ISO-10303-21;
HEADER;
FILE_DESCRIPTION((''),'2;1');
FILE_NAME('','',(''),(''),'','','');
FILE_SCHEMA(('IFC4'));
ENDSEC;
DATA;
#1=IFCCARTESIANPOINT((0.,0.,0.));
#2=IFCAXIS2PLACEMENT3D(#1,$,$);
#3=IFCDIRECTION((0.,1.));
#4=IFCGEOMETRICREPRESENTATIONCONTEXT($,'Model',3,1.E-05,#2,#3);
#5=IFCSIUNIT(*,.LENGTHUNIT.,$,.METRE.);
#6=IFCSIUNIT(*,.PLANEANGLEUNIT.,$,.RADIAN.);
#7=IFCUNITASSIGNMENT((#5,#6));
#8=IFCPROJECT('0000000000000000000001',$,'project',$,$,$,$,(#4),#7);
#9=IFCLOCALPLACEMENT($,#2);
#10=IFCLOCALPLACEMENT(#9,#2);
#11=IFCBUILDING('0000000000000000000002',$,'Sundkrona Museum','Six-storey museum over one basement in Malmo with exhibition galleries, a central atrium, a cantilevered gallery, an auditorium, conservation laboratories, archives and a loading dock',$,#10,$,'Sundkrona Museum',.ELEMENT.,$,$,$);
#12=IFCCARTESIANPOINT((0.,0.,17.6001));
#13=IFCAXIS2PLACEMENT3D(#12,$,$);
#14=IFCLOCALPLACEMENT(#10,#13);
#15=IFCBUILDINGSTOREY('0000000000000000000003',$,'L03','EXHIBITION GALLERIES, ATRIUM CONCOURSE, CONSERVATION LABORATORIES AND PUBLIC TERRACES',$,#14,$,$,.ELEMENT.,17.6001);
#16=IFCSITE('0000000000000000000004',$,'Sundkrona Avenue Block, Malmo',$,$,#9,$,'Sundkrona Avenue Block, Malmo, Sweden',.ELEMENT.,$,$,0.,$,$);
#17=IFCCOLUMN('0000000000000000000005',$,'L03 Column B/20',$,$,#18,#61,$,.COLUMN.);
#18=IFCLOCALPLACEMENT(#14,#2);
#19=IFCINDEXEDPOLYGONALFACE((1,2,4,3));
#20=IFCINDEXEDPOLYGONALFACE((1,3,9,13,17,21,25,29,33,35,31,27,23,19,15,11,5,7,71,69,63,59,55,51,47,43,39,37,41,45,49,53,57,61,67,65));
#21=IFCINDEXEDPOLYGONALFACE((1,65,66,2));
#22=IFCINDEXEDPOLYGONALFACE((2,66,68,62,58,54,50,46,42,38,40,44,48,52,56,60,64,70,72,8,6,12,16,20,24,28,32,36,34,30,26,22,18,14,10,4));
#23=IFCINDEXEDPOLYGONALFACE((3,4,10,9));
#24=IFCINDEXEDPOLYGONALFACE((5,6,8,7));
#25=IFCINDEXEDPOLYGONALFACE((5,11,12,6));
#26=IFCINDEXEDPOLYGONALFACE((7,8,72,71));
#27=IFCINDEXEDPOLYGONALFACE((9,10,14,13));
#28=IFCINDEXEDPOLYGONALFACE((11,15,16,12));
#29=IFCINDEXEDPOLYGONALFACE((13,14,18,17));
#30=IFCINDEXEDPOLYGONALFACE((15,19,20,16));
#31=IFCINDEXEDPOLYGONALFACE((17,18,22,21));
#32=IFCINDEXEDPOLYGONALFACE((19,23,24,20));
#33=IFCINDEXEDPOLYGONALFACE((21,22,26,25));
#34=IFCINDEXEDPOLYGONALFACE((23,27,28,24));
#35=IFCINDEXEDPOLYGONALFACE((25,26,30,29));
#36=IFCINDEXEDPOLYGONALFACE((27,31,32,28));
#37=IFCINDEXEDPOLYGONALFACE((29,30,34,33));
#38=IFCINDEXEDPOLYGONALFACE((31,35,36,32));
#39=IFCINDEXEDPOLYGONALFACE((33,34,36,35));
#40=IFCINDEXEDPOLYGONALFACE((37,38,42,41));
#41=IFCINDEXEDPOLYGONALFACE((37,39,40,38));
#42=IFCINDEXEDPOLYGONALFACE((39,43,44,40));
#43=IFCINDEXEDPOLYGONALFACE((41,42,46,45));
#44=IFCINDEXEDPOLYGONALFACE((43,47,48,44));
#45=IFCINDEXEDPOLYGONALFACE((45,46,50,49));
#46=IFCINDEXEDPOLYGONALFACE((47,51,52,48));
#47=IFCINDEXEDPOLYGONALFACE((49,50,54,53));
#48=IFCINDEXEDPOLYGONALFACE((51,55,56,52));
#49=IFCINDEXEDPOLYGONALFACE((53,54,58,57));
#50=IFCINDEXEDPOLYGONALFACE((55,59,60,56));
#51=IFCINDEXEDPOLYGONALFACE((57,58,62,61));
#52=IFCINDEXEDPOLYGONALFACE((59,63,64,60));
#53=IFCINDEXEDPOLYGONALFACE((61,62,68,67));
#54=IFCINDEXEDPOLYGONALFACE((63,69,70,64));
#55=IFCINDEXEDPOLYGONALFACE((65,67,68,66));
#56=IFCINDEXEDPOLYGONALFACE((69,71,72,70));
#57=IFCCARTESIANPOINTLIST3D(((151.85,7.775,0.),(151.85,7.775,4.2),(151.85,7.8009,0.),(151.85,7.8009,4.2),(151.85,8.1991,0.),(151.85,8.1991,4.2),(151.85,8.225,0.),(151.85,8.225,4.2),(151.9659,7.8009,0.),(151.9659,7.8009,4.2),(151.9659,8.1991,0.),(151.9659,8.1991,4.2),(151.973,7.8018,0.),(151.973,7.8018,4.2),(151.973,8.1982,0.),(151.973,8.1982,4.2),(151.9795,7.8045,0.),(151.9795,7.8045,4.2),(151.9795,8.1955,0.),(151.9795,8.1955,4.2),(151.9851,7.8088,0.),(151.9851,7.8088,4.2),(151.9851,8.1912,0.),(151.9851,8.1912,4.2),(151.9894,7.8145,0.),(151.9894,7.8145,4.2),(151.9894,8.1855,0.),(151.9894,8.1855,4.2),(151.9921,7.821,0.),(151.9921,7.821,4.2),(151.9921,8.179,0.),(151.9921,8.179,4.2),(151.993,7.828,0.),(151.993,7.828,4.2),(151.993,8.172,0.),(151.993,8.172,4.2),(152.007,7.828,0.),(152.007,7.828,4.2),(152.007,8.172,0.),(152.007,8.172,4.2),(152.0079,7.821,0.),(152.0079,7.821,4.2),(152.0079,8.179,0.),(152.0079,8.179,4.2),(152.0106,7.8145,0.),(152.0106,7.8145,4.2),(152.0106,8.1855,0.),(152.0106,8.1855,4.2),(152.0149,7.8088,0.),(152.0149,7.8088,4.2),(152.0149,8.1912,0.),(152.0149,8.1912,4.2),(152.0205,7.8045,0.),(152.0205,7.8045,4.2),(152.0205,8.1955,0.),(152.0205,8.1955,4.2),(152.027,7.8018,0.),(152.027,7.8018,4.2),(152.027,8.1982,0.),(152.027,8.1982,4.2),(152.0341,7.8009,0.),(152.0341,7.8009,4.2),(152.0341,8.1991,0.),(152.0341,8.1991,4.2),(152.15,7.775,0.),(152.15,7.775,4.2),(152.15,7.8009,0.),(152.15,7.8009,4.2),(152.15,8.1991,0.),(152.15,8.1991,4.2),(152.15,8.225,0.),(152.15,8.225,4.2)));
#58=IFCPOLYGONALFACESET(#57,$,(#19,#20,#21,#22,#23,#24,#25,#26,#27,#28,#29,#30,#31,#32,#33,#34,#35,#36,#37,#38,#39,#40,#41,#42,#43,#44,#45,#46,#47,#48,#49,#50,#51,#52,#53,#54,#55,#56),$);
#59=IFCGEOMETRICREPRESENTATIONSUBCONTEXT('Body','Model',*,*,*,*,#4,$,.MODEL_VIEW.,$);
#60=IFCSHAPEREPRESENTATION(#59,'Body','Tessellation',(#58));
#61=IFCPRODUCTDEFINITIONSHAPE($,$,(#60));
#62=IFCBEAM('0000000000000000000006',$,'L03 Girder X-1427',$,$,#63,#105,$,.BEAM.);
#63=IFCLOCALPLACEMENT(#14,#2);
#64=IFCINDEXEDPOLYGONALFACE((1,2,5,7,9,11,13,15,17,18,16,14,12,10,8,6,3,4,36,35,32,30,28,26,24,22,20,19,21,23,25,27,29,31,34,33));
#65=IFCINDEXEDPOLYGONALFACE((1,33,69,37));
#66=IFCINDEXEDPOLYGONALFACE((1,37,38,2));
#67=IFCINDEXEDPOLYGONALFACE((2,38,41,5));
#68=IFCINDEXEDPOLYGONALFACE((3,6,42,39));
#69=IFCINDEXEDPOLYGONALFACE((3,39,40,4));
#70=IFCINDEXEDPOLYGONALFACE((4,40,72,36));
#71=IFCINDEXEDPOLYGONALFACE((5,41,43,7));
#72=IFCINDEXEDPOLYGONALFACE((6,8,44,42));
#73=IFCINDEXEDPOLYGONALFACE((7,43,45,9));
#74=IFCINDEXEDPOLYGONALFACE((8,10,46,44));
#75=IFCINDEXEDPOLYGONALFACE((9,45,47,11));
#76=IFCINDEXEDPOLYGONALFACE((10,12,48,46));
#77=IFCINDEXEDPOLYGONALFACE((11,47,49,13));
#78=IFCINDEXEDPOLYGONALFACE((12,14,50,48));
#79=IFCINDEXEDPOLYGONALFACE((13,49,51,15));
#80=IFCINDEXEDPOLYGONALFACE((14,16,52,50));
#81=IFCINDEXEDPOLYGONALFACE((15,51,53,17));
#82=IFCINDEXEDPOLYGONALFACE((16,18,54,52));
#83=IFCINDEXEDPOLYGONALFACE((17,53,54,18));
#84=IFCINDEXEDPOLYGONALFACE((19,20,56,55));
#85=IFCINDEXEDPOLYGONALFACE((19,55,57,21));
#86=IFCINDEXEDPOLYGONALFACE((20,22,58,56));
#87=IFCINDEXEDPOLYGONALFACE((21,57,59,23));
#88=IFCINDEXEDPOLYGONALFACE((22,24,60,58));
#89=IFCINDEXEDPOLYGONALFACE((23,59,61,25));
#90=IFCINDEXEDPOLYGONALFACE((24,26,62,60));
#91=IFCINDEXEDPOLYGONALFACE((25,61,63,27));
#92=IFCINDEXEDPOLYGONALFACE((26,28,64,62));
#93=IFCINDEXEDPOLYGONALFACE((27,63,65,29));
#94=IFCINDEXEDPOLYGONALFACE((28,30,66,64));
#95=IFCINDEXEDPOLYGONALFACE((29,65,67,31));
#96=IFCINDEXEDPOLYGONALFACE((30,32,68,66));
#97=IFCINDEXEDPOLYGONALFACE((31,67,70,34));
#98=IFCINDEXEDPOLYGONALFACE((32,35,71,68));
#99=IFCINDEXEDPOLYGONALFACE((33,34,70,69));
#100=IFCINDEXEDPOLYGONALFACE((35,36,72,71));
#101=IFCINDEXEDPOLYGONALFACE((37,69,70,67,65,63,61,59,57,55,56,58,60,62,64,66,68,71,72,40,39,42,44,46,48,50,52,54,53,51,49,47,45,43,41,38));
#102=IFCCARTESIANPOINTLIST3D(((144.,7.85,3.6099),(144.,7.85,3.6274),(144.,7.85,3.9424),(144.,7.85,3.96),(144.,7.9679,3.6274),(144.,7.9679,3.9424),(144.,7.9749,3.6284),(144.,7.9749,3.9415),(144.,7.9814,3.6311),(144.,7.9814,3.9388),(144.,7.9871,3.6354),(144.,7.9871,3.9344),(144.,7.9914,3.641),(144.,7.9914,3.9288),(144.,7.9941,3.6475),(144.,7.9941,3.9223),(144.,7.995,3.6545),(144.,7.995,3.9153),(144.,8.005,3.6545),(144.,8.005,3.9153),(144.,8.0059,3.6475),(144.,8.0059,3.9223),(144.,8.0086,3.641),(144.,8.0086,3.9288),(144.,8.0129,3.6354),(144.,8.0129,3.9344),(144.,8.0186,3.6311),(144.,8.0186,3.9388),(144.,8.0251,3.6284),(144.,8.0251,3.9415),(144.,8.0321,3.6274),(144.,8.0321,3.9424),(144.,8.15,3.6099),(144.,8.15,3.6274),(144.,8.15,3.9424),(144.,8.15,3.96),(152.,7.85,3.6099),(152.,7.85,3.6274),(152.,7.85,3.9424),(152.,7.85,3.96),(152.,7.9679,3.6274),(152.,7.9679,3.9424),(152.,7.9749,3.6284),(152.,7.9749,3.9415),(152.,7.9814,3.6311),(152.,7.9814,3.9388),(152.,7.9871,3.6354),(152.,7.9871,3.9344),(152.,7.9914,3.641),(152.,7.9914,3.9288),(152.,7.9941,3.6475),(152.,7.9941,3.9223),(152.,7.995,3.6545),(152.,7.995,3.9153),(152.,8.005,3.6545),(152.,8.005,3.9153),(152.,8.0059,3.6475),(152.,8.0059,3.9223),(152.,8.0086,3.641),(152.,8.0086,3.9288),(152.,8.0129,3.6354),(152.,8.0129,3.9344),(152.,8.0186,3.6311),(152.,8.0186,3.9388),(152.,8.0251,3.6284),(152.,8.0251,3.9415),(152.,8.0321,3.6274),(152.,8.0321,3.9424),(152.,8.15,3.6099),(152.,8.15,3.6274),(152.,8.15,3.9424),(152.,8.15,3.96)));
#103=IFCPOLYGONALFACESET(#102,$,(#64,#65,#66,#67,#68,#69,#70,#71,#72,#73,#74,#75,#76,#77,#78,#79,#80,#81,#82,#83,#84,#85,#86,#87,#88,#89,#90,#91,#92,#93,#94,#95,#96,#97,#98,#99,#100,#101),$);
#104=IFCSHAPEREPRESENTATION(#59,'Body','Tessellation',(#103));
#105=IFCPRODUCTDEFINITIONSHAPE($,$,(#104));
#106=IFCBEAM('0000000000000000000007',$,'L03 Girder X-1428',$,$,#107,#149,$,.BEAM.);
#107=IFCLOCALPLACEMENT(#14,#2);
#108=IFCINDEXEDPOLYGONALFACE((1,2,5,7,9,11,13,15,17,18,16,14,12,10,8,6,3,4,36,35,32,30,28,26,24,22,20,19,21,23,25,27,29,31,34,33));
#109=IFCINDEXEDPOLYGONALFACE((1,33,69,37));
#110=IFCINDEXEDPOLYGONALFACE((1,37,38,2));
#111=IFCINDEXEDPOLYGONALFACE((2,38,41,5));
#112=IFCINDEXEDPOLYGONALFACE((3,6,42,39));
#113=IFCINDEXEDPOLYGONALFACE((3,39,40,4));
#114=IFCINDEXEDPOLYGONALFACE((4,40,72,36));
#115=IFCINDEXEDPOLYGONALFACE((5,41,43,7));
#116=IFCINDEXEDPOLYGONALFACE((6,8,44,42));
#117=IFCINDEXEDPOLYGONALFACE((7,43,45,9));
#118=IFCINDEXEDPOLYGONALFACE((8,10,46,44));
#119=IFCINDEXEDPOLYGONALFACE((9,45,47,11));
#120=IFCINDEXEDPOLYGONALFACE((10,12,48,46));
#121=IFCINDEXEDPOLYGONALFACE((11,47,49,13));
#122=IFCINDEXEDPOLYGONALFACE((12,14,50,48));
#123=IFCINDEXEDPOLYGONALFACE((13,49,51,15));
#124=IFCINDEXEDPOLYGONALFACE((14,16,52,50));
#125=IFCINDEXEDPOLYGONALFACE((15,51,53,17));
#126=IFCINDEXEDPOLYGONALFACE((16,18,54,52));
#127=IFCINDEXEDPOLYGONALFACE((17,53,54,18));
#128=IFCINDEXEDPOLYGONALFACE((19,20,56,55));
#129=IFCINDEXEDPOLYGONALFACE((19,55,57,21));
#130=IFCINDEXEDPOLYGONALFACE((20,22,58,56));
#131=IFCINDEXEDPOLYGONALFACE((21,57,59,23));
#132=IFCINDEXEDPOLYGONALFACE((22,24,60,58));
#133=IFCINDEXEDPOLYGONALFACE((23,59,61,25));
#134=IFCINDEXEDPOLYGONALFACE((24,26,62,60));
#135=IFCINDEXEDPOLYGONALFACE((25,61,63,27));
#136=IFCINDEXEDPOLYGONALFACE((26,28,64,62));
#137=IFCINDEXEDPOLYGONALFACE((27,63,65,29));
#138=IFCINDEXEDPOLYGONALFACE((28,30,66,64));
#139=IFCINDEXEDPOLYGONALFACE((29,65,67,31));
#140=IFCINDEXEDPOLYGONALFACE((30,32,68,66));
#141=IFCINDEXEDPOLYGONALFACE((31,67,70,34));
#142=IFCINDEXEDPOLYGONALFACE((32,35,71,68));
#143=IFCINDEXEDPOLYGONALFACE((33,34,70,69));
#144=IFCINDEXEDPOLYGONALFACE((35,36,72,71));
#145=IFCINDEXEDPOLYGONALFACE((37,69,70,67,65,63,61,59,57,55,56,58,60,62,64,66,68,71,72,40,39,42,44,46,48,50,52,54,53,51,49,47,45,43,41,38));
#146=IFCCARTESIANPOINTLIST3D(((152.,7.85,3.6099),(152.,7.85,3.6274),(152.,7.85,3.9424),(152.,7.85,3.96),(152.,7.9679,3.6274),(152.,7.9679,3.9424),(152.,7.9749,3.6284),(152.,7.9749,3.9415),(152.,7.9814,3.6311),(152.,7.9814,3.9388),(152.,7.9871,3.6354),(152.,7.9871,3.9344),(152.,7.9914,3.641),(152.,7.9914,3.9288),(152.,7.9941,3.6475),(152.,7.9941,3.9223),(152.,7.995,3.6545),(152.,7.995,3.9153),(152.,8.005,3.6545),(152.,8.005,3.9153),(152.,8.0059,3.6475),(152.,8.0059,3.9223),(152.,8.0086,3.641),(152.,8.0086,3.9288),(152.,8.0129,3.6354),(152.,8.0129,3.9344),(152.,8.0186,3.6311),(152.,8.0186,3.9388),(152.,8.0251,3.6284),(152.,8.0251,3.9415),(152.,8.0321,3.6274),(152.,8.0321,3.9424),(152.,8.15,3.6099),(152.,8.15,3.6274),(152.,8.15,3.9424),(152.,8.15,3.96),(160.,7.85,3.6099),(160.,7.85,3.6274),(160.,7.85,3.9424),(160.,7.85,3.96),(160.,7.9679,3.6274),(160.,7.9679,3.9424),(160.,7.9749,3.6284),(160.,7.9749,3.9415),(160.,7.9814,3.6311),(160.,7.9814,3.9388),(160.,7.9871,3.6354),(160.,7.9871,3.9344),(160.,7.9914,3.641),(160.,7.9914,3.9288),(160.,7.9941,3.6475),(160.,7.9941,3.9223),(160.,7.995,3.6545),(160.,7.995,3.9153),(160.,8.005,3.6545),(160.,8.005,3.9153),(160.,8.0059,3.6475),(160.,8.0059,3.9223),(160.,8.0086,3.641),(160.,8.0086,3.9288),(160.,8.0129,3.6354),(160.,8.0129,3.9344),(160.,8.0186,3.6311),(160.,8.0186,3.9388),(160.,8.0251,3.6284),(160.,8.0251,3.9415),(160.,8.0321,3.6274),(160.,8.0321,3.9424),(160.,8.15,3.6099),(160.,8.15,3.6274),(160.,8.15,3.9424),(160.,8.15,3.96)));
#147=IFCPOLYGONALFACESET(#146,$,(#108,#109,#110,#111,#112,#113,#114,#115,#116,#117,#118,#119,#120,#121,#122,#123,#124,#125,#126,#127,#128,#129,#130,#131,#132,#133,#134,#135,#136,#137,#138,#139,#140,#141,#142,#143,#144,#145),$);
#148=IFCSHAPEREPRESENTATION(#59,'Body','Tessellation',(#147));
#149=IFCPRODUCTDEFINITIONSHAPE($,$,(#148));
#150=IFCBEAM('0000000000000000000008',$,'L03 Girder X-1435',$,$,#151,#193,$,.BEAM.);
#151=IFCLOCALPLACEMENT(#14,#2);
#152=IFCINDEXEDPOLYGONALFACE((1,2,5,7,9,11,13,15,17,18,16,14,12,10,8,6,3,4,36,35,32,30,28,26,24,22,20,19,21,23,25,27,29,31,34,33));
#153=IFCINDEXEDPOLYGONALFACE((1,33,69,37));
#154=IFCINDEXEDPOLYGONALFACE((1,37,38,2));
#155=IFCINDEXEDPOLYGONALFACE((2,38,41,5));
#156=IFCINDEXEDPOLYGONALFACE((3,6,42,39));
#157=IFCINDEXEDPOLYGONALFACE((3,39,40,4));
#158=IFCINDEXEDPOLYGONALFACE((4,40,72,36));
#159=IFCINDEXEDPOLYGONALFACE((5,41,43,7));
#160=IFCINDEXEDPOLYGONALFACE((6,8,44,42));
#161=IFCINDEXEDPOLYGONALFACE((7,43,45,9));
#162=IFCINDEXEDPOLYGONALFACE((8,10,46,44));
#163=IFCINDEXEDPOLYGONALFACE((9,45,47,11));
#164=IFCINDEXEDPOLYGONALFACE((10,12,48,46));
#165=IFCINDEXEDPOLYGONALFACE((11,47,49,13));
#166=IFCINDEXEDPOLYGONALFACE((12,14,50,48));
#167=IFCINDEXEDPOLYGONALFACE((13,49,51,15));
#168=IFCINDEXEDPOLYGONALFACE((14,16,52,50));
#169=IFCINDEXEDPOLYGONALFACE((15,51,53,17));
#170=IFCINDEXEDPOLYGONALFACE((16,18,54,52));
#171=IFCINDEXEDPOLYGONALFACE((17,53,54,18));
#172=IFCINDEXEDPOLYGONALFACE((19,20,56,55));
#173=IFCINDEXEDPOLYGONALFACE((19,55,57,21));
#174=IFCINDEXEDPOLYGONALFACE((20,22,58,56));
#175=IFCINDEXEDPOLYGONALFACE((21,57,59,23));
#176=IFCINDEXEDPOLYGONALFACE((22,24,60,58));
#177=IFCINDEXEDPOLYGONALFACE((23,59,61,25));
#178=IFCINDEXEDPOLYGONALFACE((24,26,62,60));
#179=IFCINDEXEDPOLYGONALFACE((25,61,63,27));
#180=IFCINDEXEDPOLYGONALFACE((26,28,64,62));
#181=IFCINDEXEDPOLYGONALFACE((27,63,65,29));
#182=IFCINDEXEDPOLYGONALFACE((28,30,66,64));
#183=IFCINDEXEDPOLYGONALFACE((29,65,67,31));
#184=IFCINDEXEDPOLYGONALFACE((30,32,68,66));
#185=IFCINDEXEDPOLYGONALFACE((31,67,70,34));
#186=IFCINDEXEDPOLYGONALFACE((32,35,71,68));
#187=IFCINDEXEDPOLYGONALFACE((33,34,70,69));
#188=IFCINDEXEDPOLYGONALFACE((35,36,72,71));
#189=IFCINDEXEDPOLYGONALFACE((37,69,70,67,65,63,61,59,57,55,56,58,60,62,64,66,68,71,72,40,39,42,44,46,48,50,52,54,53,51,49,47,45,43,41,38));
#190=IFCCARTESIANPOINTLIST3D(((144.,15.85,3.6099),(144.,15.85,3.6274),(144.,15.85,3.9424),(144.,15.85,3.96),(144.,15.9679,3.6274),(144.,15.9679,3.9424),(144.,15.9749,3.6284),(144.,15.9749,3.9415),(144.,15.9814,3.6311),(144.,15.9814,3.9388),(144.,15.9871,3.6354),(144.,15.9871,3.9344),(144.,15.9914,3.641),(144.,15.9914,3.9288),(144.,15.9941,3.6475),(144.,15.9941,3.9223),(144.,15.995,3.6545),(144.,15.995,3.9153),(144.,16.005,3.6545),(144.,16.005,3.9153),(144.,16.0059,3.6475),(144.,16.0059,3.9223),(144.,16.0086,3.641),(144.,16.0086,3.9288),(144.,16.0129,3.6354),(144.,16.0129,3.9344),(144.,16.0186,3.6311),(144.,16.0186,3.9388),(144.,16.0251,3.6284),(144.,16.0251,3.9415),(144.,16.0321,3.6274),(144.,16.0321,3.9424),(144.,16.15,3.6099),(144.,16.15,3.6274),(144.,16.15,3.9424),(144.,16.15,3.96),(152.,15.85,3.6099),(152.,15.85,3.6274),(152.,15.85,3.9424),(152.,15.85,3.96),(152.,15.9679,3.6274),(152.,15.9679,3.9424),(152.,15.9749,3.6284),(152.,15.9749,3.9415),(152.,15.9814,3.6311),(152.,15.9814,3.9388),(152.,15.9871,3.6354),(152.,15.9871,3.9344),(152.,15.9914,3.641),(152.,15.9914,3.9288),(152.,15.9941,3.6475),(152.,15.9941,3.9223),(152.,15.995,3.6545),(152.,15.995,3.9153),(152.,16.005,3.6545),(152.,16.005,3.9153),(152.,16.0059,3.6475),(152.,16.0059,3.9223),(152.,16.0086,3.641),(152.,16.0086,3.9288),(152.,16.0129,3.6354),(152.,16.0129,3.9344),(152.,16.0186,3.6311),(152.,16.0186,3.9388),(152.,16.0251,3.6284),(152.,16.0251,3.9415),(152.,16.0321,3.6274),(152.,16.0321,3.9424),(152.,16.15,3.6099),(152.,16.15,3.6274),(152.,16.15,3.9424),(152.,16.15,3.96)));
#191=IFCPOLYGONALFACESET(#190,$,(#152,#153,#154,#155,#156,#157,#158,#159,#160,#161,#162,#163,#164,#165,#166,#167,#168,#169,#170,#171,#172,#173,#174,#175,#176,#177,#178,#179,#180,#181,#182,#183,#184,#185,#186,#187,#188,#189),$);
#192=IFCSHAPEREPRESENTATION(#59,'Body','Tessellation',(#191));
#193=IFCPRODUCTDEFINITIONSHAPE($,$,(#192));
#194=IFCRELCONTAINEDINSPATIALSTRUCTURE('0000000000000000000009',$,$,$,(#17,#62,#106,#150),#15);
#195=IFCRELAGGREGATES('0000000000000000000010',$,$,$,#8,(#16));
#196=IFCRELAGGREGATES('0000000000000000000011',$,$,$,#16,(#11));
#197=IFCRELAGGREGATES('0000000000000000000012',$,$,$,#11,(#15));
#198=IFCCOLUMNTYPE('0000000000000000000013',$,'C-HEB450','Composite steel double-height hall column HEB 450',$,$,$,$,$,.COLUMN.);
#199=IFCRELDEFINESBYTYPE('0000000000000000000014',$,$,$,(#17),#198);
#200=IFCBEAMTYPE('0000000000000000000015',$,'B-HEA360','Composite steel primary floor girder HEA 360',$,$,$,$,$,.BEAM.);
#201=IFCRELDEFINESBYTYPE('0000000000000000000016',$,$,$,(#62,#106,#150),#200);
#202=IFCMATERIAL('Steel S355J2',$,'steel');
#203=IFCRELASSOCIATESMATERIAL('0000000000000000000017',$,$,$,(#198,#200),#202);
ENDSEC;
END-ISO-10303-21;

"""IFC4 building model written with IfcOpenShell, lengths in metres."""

from ifc_helpers import new_model, si_unit, direction, frame, origin, origin_2d, place, context, subcontext, project, spatial, i_section, extrude, material, material_profile, profile_set, type_object, element, save


model = new_model("IFC4")

# Units and contexts
model_context = context("Model", 3, precision=1e-05, world=origin(), true_north=direction((0.0, 1.0)))
body_context = subcontext(model_context, "Body", "Model", "MODEL_VIEW")
ifc_project = project(units=[si_unit("LENGTHUNIT", "METRE"), si_unit("PLANEANGLEUNIT", "RADIAN")], contexts=[model_context])

# Site, building, storey
site_placement = place(None, origin())
site = spatial("IfcSite", under=ifc_project, at=site_placement, Name="Sundkrona Avenue Block, Malmo", LongName="Sundkrona Avenue Block, Malmo, Sweden", CompositionType="ELEMENT", RefElevation=0.0)
building_placement = place(site_placement, origin())
building = spatial("IfcBuilding", under=site, at=building_placement, Name="Sundkrona Museum", Description="Six-storey museum over one basement in Malmo with exhibition galleries, a central atrium, a cantilevered gallery, an auditorium, conservation laboratories, archives and a loading dock", LongName="Sundkrona Museum", CompositionType="ELEMENT")
storey_placement = place(building_placement, frame((0.0, 0.0, 17.6001)))
storey = spatial("IfcBuildingStorey", under=building, at=storey_placement, Name="L03", Description="EXHIBITION GALLERIES, ATRIUM CONCOURSE, CONSERVATION LABORATORIES AND PUBLIC TERRACES", CompositionType="ELEMENT", Elevation=17.6001)

# Column
ifc_material_1 = material(Name="Steel S355J2", Category="steel")
ifc_material_profile_1 = material_profile(ifc_material_1, i_section(OverallWidth=0.3, OverallDepth=0.45, WebThickness=0.0139, FlangeThickness=0.0259, FilletRadius=0.0271, at=origin_2d()), Name="HEB 450")
ifc_profile_set_1 = profile_set([ifc_material_profile_1], Name="Steel S355J2")
column_type = type_object("IfcColumnType", Name="C-HEB450", Description="Composite steel double-height hall column HEB 450", PredefinedType="COLUMN", material=ifc_profile_set_1)
for number, where, z_axis, x_axis, name in (
    (1, (152.0, 8.0, 0.0), (0.0, 0.0, 1.0), (1.0, 0.0, 0.0), "L03 Column B/20"),
):
    element("IfcColumn", number, at=place(storey_placement, frame(where, z_axis=z_axis, x_axis=x_axis)), inside=storey, type_object=column_type, Name=name, PredefinedType="COLUMN", context=body_context, shape_type="SweptSolid", body=[
        extrude(i_section(OverallWidth=0.3, OverallDepth=0.45, WebThickness=0.0139, FlangeThickness=0.0259, FilletRadius=0.0271, at=origin_2d()), origin(), (0.0, 0.0, 1.0), 4.2),
    ])

# Beams
ifc_material_profile_2 = material_profile(ifc_material_1, i_section(OverallWidth=0.3, OverallDepth=0.3501, WebThickness=0.01, FlangeThickness=0.0176, FilletRadius=0.0271, at=origin_2d()), Name="HEA 360")
ifc_profile_set_2 = profile_set([ifc_material_profile_2], Name="Steel S355J2")
beam_type_1 = type_object("IfcBeamType", Name="B-HEA360", Description="Composite steel primary floor girder HEA 360", PredefinedType="BEAM", material=ifc_profile_set_2)
for number, where, z_axis, x_axis, name in (
    (2, (144.0, 8.0, 3.7849), (1.0, 0.0, 0.0), (0.0, 1.0, 0.0), "L03 Girder X-1427"),
    (3, (152.0, 8.0, 3.7849), (1.0, 0.0, 0.0), (0.0, 1.0, 0.0), "L03 Girder X-1428"),
    (4, (144.0, 16.0, 3.7849), (1.0, 0.0, 0.0), (0.0, 1.0, 0.0), "L03 Girder X-1435"),
):
    element("IfcBeam", number, at=place(storey_placement, frame(where, z_axis=z_axis, x_axis=x_axis)), inside=storey, type_object=beam_type_1, Name=name, PredefinedType="BEAM", context=body_context, shape_type="SweptSolid", body=[
        extrude(i_section(OverallWidth=0.3, OverallDepth=0.3501, WebThickness=0.01, FlangeThickness=0.0176, FilletRadius=0.0271, at=origin_2d()), origin(), (0.0, 0.0, 1.0), 8.0),
    ])

save(model, "model.ifc")
